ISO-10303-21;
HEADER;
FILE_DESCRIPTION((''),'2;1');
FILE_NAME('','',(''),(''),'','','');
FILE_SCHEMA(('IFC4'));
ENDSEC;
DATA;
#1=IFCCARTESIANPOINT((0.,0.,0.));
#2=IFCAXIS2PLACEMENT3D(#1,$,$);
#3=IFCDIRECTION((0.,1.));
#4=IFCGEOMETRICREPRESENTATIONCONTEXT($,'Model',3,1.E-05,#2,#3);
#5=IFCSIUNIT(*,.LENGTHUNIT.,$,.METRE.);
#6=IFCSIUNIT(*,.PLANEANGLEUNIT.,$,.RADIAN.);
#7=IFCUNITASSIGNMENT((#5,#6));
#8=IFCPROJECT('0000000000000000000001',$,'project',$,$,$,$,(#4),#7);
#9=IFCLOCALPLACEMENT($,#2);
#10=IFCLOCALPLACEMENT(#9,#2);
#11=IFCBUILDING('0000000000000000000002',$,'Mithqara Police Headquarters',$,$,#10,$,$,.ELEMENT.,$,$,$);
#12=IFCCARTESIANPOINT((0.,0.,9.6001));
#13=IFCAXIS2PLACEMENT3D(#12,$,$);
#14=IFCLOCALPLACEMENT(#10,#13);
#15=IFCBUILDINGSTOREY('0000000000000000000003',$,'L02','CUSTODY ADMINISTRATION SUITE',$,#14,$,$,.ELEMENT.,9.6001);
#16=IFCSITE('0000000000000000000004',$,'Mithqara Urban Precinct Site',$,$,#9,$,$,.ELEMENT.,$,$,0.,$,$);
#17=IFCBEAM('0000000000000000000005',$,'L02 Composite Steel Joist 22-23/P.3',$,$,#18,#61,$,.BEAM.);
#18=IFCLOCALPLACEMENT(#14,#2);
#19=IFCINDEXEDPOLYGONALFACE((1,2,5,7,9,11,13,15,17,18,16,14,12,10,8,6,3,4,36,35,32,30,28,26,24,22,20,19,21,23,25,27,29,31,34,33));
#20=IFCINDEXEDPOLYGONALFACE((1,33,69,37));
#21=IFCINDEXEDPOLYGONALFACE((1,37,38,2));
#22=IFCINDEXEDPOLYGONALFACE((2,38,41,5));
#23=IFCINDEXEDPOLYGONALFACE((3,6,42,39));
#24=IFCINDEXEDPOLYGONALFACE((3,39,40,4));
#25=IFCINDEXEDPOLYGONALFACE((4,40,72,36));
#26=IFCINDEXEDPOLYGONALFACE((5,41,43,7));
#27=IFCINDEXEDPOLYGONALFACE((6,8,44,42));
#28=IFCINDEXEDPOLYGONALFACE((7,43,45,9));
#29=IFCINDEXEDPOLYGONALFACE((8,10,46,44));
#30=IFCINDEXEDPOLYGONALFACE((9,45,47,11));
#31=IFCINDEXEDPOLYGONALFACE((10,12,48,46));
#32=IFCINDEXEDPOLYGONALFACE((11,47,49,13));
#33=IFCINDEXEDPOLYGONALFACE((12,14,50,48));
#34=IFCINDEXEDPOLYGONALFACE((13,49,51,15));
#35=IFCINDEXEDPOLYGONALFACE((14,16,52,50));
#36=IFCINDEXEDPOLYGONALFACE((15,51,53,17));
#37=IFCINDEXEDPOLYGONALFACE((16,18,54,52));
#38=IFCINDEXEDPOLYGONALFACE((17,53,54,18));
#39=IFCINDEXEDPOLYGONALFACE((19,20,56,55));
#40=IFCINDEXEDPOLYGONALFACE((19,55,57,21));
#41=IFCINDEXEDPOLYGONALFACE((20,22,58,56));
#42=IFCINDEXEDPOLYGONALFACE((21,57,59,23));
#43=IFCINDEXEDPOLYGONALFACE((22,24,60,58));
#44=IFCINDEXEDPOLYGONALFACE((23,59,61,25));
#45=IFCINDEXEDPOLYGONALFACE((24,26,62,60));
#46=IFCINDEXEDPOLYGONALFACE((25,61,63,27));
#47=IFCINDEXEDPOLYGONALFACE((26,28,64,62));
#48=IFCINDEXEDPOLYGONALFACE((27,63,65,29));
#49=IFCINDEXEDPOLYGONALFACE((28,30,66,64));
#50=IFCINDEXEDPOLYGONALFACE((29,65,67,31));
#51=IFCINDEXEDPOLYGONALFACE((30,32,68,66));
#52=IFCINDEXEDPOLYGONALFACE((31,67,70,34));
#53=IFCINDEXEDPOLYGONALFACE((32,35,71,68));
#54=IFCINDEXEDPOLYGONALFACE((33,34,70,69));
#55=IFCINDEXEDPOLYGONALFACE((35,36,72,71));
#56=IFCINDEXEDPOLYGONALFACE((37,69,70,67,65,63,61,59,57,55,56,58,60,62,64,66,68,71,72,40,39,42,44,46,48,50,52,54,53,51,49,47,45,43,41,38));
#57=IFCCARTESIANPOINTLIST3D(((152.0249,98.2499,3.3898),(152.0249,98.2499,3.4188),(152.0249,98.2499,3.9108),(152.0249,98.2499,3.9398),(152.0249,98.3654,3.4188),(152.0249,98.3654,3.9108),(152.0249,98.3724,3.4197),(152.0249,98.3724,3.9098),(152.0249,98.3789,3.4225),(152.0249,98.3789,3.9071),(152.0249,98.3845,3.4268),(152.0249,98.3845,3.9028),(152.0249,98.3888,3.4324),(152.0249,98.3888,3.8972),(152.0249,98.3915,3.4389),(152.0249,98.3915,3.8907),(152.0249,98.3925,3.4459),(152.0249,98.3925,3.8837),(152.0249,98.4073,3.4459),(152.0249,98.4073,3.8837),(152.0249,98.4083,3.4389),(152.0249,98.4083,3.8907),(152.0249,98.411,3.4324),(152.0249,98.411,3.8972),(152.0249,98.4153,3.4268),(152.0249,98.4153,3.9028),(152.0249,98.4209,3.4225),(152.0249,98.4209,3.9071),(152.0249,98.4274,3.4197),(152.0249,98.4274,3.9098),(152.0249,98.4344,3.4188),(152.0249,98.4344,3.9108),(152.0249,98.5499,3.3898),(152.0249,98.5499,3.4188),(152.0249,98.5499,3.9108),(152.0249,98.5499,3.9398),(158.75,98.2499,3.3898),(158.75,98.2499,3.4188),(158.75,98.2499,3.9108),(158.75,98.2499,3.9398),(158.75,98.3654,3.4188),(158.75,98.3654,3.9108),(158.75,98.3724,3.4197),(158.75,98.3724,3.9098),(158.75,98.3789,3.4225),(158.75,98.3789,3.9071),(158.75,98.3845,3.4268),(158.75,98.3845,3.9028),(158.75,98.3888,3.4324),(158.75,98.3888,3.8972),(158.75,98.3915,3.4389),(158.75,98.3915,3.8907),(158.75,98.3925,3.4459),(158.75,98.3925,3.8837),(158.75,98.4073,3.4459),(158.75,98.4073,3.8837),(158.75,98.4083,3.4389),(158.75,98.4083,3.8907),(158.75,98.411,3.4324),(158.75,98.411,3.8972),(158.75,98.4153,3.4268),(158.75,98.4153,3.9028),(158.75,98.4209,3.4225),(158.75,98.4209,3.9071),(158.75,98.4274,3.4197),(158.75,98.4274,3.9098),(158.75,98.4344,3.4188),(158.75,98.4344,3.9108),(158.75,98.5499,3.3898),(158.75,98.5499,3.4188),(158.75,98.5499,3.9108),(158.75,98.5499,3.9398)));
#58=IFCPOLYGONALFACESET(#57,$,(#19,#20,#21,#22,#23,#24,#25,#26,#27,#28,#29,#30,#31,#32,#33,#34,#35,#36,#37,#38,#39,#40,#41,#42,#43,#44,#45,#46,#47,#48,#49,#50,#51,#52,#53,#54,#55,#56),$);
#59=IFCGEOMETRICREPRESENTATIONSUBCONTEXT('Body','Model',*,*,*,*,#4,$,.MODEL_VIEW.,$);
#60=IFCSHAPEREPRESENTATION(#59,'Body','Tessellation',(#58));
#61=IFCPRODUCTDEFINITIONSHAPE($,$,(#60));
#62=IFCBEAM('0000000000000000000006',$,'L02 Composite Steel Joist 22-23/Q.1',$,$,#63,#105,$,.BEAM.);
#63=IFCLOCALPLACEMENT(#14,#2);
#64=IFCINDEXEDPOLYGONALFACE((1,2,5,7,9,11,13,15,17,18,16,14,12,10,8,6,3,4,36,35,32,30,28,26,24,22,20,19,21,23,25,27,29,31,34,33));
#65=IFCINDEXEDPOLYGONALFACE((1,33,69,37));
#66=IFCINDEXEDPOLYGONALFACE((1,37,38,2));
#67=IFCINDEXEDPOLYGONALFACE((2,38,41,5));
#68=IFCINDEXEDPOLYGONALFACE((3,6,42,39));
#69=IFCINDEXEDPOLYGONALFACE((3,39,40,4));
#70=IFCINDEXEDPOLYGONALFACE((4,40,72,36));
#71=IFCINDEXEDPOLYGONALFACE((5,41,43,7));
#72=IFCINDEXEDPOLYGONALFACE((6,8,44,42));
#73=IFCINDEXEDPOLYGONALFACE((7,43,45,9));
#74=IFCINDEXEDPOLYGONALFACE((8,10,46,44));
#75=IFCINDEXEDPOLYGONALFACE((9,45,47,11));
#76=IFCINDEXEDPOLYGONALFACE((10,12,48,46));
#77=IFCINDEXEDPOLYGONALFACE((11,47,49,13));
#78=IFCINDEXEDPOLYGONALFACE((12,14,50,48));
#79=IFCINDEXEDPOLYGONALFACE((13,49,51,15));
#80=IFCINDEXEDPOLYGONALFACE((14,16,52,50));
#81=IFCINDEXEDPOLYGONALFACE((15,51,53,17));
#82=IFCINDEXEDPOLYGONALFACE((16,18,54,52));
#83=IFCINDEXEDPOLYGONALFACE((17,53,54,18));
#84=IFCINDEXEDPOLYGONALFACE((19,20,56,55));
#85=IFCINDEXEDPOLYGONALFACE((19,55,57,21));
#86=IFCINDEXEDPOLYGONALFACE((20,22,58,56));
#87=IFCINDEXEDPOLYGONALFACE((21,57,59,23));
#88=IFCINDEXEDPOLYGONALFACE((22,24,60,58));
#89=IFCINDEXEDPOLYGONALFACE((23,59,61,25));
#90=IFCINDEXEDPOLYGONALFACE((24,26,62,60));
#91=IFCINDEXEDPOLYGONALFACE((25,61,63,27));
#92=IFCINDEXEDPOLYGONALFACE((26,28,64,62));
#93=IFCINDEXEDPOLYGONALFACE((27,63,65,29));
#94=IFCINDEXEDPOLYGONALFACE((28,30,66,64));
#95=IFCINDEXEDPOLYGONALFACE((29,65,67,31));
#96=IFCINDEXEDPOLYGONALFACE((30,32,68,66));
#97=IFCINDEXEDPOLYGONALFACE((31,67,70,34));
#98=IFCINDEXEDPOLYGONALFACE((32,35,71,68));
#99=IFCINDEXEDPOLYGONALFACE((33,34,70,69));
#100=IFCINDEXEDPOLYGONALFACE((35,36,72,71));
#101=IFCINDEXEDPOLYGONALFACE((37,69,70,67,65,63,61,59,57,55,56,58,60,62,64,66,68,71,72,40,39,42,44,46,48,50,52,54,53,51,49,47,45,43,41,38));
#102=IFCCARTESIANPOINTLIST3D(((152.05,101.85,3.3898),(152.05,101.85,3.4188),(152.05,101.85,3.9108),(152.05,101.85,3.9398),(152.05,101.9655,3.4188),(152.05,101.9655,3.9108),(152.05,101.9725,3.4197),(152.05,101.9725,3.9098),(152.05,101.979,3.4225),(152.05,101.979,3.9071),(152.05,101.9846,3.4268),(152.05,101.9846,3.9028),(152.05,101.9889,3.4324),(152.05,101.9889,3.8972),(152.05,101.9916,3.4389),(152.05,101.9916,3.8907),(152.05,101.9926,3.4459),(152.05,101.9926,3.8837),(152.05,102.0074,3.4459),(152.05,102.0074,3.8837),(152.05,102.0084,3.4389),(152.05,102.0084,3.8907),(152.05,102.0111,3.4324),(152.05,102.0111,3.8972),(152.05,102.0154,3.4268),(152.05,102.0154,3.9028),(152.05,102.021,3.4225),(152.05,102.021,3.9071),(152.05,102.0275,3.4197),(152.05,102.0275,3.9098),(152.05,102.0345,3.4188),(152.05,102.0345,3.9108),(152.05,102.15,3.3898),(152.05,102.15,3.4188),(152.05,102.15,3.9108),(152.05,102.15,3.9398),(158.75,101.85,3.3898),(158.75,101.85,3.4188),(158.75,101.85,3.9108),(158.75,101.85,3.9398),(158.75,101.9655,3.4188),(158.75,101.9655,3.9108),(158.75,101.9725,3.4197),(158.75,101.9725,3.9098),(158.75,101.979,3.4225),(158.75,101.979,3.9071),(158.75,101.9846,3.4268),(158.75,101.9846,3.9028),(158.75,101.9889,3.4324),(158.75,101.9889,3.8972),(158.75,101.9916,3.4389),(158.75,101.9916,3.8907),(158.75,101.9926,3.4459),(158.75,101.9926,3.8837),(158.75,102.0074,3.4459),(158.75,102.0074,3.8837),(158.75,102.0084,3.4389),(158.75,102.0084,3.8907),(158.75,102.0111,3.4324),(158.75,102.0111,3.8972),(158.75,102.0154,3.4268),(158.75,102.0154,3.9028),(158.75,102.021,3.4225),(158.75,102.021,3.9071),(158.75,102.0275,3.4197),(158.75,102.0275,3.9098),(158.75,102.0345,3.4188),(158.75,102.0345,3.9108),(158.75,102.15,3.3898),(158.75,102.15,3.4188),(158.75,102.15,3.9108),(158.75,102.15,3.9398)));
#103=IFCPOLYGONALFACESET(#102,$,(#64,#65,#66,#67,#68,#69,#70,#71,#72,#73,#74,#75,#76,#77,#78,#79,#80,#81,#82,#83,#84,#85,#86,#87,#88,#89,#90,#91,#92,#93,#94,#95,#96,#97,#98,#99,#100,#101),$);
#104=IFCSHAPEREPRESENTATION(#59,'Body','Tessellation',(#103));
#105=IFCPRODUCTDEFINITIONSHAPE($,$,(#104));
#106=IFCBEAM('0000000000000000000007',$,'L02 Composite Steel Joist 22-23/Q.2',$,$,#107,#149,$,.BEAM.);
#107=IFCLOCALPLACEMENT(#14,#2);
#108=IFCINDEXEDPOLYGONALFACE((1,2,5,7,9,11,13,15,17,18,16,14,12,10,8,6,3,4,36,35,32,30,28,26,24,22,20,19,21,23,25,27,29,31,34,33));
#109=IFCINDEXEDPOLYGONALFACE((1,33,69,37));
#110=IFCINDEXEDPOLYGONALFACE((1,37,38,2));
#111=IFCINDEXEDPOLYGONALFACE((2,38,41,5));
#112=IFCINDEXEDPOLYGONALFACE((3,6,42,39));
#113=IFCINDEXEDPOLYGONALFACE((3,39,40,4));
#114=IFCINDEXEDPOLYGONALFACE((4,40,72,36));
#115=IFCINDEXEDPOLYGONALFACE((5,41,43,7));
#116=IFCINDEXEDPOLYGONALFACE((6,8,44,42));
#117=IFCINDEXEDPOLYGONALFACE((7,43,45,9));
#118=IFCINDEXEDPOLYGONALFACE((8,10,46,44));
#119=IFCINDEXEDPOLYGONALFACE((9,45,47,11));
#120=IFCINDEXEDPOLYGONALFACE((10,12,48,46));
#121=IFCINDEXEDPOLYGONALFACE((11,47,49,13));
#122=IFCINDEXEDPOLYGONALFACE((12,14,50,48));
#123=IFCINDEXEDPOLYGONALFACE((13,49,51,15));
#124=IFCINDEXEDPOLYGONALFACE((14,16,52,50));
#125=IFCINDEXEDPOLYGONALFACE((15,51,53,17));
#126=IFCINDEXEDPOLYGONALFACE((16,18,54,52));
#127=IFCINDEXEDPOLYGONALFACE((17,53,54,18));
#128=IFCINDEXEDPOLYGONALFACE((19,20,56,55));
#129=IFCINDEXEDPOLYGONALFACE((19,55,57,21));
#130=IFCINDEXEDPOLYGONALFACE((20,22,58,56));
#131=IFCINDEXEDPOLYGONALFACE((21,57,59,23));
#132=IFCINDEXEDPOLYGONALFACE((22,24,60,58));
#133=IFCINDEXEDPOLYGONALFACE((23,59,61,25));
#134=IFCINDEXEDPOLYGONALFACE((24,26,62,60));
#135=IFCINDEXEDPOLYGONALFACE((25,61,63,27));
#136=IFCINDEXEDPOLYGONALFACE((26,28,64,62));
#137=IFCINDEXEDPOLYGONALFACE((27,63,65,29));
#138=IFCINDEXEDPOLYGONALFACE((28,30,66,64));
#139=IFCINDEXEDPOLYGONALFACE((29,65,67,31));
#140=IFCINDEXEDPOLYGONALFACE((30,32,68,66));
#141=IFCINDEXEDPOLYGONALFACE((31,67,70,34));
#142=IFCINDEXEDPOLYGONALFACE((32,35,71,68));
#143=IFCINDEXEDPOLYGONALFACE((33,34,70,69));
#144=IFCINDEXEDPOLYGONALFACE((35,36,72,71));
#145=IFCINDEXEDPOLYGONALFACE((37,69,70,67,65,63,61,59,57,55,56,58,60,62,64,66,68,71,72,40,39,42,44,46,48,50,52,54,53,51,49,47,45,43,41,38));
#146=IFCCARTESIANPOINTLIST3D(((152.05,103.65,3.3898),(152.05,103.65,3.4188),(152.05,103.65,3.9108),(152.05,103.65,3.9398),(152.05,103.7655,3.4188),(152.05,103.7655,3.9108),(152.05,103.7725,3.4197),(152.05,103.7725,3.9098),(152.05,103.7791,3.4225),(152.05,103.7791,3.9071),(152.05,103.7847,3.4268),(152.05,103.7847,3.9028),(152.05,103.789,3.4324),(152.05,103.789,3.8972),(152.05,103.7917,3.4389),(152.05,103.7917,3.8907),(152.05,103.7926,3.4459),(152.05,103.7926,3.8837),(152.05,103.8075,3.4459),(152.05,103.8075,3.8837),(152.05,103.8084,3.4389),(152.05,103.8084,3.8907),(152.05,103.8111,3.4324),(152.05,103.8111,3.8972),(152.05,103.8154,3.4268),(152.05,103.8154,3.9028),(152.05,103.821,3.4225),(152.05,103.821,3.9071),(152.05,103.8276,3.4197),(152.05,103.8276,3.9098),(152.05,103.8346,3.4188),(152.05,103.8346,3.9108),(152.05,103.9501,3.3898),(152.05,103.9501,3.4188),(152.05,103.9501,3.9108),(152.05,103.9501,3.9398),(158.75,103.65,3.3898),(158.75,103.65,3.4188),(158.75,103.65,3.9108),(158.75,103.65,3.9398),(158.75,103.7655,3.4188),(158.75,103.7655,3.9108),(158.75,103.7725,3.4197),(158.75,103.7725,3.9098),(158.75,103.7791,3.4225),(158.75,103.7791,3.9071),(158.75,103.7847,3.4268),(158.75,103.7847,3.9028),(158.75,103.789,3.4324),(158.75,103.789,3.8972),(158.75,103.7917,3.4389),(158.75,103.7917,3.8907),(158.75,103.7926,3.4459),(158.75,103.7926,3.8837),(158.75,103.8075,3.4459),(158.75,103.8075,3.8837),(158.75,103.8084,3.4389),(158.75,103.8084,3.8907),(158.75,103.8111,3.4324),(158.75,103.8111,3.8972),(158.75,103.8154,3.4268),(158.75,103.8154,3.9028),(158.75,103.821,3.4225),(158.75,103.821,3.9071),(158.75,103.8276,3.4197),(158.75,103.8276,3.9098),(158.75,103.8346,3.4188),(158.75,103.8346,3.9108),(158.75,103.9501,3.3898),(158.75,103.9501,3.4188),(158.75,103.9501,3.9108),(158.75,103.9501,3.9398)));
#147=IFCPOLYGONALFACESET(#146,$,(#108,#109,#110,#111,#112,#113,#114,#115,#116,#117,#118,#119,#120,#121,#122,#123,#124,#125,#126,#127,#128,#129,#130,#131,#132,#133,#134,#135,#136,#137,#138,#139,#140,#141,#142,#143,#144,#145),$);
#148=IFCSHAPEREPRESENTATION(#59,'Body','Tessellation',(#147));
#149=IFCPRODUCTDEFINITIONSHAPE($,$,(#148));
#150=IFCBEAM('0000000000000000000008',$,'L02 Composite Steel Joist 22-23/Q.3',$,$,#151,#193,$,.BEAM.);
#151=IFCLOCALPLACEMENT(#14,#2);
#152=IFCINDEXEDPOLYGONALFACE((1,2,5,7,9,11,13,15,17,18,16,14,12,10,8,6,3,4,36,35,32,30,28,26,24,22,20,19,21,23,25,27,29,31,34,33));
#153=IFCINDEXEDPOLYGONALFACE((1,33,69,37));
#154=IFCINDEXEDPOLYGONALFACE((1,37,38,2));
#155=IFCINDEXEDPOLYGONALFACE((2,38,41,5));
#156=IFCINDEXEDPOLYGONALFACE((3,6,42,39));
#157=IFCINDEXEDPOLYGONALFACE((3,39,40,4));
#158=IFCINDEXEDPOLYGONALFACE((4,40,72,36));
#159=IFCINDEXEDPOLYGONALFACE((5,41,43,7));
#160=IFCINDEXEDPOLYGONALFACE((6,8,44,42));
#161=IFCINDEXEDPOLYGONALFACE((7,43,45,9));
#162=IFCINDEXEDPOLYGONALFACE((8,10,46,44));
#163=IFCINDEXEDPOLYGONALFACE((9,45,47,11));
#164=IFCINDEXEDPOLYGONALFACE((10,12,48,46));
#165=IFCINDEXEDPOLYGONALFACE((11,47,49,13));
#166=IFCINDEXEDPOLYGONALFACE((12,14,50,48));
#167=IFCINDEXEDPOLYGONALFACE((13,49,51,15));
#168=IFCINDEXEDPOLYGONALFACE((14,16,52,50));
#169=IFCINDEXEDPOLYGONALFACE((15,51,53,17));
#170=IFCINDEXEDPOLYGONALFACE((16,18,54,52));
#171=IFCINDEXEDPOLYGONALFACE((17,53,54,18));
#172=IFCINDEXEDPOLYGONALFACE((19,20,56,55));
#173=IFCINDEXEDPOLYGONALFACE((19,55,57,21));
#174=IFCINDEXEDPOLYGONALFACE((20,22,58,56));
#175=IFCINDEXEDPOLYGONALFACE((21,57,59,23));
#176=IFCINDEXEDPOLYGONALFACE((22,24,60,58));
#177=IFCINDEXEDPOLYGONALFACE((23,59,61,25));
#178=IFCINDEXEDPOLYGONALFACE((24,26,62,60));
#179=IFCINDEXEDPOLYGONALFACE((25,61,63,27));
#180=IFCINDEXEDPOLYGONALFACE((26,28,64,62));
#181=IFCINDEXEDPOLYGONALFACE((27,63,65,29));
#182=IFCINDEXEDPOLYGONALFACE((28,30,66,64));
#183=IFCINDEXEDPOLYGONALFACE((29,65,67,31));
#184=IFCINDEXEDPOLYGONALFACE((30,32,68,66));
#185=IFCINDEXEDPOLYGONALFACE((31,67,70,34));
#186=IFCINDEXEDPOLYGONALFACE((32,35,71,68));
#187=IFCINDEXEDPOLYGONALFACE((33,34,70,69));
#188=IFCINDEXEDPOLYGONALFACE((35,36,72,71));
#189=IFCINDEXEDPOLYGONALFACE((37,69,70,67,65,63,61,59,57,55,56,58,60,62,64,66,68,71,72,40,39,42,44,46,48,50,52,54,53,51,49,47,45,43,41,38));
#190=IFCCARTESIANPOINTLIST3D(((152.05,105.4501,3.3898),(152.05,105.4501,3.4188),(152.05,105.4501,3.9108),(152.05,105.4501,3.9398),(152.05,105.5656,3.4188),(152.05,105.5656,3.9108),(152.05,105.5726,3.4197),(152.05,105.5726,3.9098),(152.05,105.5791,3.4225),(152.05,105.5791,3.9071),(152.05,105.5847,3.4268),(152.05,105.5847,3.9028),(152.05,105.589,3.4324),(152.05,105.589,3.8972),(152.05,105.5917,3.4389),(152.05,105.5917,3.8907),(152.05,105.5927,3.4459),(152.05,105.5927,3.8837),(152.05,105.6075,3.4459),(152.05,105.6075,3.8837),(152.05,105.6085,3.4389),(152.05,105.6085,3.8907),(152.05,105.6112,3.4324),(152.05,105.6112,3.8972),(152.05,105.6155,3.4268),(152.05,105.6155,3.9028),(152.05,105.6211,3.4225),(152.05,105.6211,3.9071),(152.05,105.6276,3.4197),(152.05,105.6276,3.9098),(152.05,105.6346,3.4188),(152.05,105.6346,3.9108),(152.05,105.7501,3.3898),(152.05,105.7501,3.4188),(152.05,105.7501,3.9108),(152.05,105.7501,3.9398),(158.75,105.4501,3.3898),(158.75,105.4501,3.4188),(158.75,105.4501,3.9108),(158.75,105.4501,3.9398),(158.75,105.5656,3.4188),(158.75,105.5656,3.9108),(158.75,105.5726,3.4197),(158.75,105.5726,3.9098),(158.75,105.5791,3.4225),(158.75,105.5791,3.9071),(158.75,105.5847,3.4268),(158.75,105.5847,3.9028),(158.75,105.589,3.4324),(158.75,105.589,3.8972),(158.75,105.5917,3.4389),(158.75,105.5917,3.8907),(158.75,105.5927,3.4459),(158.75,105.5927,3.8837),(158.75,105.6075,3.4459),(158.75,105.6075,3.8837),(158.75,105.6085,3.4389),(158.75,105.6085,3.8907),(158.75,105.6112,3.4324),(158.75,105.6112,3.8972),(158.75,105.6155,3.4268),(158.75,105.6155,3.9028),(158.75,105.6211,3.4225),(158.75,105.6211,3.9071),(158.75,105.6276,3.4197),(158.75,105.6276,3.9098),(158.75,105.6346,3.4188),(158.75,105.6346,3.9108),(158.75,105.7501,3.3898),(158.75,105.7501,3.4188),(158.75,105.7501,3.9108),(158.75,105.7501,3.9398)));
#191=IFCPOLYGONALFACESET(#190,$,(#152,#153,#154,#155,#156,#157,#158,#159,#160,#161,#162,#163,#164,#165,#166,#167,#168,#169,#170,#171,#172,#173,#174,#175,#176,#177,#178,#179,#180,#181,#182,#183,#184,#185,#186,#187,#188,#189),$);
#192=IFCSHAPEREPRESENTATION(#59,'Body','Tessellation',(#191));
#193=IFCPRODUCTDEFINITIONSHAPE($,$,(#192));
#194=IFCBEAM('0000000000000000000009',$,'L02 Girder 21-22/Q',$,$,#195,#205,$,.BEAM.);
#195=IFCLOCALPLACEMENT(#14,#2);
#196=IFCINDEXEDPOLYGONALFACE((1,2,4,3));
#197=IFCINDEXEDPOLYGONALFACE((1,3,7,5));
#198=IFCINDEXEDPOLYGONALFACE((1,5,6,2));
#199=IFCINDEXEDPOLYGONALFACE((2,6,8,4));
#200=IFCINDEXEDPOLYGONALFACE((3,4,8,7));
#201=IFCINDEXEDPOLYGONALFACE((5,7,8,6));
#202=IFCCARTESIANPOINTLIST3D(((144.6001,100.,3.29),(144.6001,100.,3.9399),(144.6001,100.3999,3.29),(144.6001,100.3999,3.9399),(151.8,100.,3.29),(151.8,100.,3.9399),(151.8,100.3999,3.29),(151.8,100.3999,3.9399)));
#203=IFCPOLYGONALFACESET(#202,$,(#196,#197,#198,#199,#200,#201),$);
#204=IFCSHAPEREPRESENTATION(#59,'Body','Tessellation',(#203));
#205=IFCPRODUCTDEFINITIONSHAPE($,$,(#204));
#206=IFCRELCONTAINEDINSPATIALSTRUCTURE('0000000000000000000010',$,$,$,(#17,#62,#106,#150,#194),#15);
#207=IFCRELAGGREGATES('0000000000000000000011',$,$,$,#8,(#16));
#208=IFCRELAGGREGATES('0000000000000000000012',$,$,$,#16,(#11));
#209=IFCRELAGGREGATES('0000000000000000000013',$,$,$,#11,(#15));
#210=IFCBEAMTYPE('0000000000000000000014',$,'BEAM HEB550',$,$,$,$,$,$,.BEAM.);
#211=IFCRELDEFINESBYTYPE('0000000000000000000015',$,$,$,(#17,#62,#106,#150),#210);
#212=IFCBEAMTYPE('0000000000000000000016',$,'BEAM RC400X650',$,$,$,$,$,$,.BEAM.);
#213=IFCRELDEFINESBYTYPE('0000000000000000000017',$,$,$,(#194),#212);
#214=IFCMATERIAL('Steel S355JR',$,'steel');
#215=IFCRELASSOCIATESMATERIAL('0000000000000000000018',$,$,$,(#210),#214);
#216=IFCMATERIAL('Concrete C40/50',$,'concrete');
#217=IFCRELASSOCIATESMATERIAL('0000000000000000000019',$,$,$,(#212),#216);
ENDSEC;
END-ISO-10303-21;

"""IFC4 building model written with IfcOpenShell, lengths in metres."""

from ifc_helpers import new_model, si_unit, direction, frame, origin, origin_2d, place, context, subcontext, project, spatial, rectangle, i_section, extrude, material, material_profile, profile_set, type_object, element, save


model = new_model("IFC4")

# Units and contexts
model_context = context("Model", 3, precision=1e-05, world=origin(), true_north=direction((0.0, 1.0)))
body_context = subcontext(model_context, "Body", "Model", "MODEL_VIEW")
ifc_project = project(units=[si_unit("LENGTHUNIT", "METRE"), si_unit("PLANEANGLEUNIT", "RADIAN")], contexts=[model_context])

# Site, building, storey
site_placement = place(None, origin())
site = spatial("IfcSite", under=ifc_project, at=site_placement, Name="Mithqara Urban Precinct Site", CompositionType="ELEMENT", RefElevation=0.0)
building_placement = place(site_placement, origin())
building = spatial("IfcBuilding", under=site, at=building_placement, Name="Mithqara Police Headquarters", CompositionType="ELEMENT")
storey_placement = place(building_placement, frame((0.0, 0.0, 9.6001)))
storey = spatial("IfcBuildingStorey", under=building, at=storey_placement, Name="L02", Description="CUSTODY ADMINISTRATION SUITE", CompositionType="ELEMENT", Elevation=9.6001)

# Beams
ifc_material_1 = material(Name="Steel S355JR", Category="steel")
ifc_material_profile_1 = material_profile(ifc_material_1, i_section(OverallWidth=0.3, OverallDepth=0.55, WebThickness=0.0149, FlangeThickness=0.0291, FilletRadius=0.0271, at=origin_2d()), Name="HEB 550")
ifc_profile_set_1 = profile_set([ifc_material_profile_1], Name="Steel S355JR")
beam_type_1 = type_object("IfcBeamType", Name="BEAM HEB550", PredefinedType="BEAM", material=ifc_profile_set_1)
for number, where, z_axis, x_axis, name in (
    (1, (152.0249, 98.3999, 3.6648), (1.0, 0.0, 0.0), (0.0, 1.0, 0.0), "L02 Composite Steel Joist 22-23/P.3"),
):
    element("IfcBeam", number, at=place(storey_placement, frame(where, z_axis=z_axis, x_axis=x_axis)), inside=storey, type_object=beam_type_1, Name=name, PredefinedType="BEAM", context=body_context, shape_type="SweptSolid", body=[
        extrude(i_section(OverallWidth=0.3, OverallDepth=0.55, WebThickness=0.0149, FlangeThickness=0.0291, FilletRadius=0.0271, at=origin_2d()), origin(), (0.0, 0.0, 1.0), 6.7251),
    ])
for number, where, z_axis, x_axis, name in (
    (2, (152.05, 102.0, 3.6648), (1.0, 0.0, 0.0), (0.0, 1.0, 0.0), "L02 Composite Steel Joist 22-23/Q.1"),
    (3, (152.05, 103.8, 3.6648), (1.0, 0.0, 0.0), (0.0, 1.0, 0.0), "L02 Composite Steel Joist 22-23/Q.2"),
    (4, (152.05, 105.6001, 3.6648), (1.0, 0.0, 0.0), (0.0, 1.0, 0.0), "L02 Composite Steel Joist 22-23/Q.3"),
):
    element("IfcBeam", number, at=place(storey_placement, frame(where, z_axis=z_axis, x_axis=x_axis)), inside=storey, type_object=beam_type_1, Name=name, PredefinedType="BEAM", context=body_context, shape_type="SweptSolid", body=[
        extrude(i_section(OverallWidth=0.3, OverallDepth=0.55, WebThickness=0.0149, FlangeThickness=0.0291, FilletRadius=0.0271, at=origin_2d()), origin(), (0.0, 0.0, 1.0), 6.7),
    ])
ifc_material_2 = material(Name="Concrete C40/50", Category="concrete")
ifc_material_profile_2 = material_profile(ifc_material_2, rectangle(XDim=0.3999, YDim=0.6499, at=origin_2d()), Name="RC 400x650")
ifc_profile_set_2 = profile_set([ifc_material_profile_2], Name="Concrete C40/50")
beam_type_2 = type_object("IfcBeamType", Name="BEAM RC400X650", PredefinedType="BEAM", material=ifc_profile_set_2)
beam_1_placement = place(storey_placement, frame((144.6001, 100.2, 3.615), z_axis=(1.0, 0.0, 0.0), x_axis=(0.0, 1.0, 0.0)))
element("IfcBeam", 5, at=beam_1_placement, inside=storey, type_object=beam_type_2, Name="L02 Girder 21-22/Q", PredefinedType="BEAM", context=body_context, shape_type="SweptSolid", body=[
    extrude(rectangle(XDim=0.3999, YDim=0.6499, at=origin_2d()), origin(), (0.0, 0.0, 1.0), 7.2),
])

save(model, "model.ifc")
